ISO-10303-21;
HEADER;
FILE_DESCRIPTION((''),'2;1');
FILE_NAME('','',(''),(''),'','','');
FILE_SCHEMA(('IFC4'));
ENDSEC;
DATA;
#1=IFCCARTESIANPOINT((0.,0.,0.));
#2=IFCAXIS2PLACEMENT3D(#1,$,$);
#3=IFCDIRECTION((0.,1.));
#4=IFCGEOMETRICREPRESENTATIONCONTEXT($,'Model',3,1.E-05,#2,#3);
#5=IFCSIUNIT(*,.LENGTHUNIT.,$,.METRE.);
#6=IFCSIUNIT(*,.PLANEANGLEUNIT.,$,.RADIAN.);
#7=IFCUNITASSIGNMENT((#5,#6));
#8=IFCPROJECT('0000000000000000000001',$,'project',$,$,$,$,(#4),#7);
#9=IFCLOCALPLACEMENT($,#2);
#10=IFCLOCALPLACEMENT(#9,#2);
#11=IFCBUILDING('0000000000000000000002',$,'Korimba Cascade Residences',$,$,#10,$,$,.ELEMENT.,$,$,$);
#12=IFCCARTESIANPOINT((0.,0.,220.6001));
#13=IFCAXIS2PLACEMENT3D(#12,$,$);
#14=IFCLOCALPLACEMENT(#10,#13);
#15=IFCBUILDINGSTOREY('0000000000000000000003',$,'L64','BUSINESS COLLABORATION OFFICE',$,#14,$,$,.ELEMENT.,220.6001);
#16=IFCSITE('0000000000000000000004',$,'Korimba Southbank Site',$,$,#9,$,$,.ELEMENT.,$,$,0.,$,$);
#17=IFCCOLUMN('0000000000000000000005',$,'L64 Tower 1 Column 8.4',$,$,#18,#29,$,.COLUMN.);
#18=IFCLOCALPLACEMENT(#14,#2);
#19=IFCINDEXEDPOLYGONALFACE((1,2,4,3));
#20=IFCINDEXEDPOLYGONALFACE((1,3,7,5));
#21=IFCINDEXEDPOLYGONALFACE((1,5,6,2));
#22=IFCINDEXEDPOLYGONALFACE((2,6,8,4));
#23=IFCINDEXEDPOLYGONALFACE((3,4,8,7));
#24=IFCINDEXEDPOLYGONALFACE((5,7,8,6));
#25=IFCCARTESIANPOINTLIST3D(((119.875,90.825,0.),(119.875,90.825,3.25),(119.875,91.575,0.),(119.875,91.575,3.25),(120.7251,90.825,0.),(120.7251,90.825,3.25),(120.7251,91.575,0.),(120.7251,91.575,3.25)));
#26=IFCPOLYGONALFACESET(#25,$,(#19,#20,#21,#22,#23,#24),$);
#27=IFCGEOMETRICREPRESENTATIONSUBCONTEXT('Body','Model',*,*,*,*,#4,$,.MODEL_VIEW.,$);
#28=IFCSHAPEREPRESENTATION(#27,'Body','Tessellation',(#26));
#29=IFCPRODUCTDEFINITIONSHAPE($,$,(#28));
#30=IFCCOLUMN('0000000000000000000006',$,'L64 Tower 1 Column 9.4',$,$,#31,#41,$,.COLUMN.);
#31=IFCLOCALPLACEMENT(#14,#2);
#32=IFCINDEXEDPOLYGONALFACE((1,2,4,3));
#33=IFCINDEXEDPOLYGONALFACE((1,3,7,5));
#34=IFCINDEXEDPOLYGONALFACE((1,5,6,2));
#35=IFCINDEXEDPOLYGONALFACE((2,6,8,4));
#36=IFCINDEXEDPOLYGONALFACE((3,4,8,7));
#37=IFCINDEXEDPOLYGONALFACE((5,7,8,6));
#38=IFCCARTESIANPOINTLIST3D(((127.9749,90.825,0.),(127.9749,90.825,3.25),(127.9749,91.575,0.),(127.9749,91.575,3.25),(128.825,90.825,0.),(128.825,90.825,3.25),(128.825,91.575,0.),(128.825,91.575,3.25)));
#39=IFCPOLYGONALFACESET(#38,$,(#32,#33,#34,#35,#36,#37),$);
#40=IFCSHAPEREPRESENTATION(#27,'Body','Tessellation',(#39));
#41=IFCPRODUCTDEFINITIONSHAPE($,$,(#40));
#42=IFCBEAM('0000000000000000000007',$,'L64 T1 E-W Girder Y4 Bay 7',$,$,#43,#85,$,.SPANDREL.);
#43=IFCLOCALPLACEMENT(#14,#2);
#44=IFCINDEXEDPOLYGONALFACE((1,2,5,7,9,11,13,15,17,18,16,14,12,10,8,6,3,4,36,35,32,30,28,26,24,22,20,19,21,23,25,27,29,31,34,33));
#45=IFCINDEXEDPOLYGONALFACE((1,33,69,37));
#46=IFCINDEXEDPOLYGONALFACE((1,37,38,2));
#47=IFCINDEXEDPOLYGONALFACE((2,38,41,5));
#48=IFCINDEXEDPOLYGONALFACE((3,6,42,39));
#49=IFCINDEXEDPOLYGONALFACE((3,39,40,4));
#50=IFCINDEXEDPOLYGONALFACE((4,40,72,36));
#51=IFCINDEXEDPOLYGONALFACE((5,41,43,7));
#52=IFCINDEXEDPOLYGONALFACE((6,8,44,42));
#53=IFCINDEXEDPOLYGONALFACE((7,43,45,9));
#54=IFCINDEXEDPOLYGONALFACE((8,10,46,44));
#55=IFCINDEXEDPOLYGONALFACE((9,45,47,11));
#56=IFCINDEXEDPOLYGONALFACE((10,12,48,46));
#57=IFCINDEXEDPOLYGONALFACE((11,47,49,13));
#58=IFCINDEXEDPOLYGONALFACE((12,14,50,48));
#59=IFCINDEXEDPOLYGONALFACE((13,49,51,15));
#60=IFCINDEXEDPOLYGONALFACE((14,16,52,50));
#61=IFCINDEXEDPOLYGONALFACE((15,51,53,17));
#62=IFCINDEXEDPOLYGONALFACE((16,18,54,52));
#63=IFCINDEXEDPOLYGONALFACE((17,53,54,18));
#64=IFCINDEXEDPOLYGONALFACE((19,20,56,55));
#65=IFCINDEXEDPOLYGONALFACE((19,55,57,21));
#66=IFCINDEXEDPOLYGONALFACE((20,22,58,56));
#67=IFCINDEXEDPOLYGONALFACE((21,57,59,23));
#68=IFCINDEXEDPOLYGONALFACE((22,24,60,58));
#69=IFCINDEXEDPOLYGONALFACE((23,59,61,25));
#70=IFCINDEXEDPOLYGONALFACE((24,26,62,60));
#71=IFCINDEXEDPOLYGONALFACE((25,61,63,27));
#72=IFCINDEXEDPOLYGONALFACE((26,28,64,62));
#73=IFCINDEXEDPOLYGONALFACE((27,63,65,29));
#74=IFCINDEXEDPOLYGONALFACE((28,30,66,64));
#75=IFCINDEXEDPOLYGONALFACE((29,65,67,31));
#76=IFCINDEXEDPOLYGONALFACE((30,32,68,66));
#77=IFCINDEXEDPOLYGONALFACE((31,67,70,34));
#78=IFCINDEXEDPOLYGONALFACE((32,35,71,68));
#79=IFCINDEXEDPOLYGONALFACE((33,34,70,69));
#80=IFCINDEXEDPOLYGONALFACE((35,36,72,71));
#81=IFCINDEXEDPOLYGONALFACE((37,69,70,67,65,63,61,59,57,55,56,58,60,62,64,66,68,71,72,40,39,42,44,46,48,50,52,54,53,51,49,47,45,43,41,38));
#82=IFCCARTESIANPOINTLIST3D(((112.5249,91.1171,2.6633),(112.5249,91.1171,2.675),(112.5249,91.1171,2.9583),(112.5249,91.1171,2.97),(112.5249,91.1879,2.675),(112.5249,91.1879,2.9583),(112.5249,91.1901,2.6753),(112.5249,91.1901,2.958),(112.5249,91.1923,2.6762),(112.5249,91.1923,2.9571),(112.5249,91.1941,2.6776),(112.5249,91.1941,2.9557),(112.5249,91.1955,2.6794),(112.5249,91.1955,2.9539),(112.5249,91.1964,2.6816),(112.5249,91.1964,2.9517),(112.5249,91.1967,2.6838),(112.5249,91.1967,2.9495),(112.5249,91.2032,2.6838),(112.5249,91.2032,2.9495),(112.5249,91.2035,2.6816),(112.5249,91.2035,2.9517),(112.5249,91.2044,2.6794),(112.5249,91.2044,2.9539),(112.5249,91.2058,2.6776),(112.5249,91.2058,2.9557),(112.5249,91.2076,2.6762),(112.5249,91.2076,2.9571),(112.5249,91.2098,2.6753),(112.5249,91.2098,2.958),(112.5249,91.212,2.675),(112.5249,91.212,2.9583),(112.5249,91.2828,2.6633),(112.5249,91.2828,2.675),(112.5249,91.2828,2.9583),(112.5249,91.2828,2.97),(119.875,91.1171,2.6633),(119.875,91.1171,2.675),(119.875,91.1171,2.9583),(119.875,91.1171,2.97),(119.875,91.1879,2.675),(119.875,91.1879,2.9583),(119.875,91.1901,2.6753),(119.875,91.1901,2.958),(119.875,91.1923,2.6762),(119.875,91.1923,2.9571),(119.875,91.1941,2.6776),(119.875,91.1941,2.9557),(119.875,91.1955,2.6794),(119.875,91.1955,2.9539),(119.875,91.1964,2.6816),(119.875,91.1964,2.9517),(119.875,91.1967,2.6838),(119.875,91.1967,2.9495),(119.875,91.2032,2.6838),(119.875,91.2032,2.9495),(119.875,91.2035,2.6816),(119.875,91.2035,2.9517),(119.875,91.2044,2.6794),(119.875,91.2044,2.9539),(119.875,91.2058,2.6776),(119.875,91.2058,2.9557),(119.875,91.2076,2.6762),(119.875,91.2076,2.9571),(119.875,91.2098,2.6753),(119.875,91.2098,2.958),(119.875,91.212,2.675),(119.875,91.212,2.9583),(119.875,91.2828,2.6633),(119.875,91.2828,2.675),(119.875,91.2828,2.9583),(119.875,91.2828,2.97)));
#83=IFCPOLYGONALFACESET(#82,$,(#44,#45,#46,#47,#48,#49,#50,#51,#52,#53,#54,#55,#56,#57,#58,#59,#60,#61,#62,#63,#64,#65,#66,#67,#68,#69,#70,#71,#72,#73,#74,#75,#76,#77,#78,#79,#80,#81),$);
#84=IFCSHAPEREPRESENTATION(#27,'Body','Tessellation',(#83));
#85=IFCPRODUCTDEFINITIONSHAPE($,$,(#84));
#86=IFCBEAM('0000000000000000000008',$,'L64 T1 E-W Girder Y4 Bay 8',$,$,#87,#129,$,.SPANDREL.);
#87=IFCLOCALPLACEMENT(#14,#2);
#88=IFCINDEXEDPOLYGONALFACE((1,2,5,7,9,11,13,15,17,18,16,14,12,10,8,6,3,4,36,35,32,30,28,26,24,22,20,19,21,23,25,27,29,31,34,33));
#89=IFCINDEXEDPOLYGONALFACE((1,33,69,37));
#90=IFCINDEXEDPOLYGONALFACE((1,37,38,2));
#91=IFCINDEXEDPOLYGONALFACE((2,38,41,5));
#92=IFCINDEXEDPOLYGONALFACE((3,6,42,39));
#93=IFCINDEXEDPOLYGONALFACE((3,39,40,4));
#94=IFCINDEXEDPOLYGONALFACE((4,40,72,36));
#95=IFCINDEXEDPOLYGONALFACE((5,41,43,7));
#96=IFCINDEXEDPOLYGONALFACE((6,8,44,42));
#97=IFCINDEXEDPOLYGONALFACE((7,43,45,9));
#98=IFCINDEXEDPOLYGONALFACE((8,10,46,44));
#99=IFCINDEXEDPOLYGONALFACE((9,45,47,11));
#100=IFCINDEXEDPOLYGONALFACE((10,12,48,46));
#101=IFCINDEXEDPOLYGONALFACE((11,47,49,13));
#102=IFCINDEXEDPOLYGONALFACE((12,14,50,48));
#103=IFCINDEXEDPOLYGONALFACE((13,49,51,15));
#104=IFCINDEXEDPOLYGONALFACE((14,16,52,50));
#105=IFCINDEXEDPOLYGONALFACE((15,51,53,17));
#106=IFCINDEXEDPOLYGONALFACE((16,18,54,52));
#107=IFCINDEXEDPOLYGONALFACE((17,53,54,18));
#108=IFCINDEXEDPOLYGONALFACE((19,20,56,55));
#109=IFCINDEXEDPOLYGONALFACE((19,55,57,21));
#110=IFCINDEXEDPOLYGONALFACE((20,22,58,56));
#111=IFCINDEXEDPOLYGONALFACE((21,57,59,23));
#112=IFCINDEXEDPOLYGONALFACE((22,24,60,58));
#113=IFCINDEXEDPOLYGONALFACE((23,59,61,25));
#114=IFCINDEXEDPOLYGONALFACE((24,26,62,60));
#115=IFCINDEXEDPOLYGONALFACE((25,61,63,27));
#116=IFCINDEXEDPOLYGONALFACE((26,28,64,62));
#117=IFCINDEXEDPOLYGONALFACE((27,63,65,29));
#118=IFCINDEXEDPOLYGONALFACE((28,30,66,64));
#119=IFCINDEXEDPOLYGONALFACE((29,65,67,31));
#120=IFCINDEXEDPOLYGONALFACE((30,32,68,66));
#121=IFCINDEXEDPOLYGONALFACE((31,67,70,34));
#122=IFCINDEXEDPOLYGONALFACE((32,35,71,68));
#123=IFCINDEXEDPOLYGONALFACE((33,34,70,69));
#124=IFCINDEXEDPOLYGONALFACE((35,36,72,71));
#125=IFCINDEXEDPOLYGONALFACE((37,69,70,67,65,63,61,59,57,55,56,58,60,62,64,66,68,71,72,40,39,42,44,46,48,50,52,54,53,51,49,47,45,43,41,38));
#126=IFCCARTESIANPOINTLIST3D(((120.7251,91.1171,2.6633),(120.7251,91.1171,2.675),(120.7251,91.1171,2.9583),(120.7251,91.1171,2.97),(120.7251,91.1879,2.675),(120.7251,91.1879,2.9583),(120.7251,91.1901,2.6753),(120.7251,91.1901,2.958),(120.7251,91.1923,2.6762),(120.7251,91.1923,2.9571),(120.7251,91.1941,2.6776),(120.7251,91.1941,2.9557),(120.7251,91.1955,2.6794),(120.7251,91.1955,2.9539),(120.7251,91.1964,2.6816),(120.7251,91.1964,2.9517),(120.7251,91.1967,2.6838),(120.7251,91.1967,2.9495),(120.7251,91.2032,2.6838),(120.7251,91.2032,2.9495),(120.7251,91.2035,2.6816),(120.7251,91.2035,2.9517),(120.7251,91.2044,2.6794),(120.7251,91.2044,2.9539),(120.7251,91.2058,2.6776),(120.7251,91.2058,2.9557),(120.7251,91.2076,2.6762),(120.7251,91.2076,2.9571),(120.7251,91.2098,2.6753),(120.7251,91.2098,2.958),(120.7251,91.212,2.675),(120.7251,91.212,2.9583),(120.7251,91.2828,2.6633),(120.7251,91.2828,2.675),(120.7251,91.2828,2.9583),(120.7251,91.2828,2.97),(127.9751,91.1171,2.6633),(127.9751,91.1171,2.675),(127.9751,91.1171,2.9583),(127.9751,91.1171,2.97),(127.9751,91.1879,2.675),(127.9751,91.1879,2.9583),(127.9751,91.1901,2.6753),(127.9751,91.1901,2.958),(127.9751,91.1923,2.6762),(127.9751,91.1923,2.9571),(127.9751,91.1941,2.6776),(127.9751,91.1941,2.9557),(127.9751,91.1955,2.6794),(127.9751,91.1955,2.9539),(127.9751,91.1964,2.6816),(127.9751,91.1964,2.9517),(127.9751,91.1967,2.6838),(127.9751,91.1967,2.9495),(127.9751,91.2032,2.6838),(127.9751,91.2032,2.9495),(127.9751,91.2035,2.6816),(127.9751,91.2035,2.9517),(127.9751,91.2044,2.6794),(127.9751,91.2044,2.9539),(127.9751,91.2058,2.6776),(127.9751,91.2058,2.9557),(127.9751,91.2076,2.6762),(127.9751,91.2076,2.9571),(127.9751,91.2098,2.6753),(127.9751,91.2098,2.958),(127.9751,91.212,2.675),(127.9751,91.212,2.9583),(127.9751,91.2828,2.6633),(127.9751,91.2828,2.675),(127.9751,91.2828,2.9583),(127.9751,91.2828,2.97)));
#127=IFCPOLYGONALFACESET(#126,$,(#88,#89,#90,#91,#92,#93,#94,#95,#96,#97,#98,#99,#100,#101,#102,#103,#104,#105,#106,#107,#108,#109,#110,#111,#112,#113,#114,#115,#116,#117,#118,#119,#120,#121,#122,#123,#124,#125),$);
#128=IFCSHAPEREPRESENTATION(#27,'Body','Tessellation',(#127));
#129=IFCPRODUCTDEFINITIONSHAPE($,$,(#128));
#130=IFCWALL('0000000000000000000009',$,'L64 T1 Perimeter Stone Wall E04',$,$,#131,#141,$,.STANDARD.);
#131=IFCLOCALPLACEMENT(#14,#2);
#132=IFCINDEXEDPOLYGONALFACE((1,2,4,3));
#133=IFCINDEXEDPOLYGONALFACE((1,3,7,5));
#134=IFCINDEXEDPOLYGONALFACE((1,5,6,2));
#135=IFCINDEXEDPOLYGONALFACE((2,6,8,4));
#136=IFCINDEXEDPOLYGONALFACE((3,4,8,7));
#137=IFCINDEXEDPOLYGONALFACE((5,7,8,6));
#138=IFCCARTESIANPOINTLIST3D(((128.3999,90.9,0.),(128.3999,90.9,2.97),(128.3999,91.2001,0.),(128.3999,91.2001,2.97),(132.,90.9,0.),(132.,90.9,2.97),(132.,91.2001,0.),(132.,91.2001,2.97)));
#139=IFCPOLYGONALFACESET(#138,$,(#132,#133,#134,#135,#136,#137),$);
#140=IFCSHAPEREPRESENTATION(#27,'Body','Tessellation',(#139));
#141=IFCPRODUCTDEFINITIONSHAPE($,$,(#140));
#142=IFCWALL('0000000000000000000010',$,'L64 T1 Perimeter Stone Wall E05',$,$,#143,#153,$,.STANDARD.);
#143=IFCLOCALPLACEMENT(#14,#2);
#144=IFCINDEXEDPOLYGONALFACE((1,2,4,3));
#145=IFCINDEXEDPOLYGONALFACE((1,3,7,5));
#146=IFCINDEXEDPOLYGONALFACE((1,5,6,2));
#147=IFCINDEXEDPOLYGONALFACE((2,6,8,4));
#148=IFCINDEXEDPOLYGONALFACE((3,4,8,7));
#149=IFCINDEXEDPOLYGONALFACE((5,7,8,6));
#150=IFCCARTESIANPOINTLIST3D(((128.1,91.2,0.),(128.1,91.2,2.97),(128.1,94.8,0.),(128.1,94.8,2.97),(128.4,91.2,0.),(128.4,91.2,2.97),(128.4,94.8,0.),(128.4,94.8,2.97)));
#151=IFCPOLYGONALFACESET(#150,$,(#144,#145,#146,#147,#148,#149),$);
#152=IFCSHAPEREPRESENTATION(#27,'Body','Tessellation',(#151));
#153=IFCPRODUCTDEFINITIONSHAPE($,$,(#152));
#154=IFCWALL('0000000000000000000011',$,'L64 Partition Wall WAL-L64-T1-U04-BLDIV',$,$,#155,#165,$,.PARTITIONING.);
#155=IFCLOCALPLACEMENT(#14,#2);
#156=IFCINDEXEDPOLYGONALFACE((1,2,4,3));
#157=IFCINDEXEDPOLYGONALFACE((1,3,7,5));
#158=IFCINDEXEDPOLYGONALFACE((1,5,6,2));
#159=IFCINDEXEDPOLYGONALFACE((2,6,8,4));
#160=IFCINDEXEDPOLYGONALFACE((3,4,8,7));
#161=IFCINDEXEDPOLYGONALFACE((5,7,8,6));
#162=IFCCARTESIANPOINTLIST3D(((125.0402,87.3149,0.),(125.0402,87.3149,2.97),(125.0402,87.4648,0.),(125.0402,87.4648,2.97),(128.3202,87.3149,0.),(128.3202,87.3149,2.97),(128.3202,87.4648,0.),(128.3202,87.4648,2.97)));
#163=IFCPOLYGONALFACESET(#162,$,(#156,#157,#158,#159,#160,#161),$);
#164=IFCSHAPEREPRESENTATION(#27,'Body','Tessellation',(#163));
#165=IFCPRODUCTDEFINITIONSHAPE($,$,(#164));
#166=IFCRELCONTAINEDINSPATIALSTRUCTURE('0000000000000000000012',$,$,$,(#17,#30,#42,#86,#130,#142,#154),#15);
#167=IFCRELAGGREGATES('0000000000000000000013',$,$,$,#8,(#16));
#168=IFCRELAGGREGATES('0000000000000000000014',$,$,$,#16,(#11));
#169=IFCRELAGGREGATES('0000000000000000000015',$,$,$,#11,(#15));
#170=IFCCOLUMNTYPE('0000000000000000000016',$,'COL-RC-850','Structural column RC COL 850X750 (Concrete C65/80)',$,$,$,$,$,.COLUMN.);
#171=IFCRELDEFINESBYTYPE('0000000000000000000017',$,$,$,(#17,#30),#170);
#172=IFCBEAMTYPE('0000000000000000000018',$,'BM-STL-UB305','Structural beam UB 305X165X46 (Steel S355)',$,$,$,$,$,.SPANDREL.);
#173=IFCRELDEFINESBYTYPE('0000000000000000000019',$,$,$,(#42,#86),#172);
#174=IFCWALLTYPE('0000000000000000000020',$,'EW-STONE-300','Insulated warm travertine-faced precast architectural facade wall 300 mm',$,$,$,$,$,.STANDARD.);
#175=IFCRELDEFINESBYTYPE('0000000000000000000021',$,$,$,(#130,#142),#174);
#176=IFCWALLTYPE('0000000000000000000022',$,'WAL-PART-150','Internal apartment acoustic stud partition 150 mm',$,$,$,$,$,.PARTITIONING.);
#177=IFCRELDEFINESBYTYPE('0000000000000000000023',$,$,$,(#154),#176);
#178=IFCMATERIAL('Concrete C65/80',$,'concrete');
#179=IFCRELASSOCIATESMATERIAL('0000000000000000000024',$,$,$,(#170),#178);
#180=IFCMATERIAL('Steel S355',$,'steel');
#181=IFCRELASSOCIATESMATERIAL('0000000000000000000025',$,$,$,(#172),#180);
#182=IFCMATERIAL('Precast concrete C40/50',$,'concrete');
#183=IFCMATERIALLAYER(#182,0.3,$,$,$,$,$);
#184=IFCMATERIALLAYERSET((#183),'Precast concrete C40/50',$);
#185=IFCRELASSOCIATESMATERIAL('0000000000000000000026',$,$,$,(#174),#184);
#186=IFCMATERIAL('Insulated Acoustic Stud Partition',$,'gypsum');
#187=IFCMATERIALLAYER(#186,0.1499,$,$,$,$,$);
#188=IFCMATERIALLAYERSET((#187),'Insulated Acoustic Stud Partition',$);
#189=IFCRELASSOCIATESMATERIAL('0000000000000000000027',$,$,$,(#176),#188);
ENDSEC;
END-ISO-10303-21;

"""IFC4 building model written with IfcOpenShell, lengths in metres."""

from ifc_helpers import new_model, si_unit, direction, frame, frame_2d, origin, origin_2d, place, context, subcontext, project, spatial, rectangle, i_section, extrude, material, layer, layer_set, material_profile, profile_set, type_object, element, save


model = new_model("IFC4")

# Units and contexts
model_context = context("Model", 3, precision=1e-05, world=origin(), true_north=direction((0.0, 1.0)))
body_context = subcontext(model_context, "Body", "Model", "MODEL_VIEW")
ifc_project = project(units=[si_unit("LENGTHUNIT", "METRE"), si_unit("PLANEANGLEUNIT", "RADIAN")], contexts=[model_context])

# Site, building, storey
site_placement = place(None, origin())
site = spatial("IfcSite", under=ifc_project, at=site_placement, Name="Korimba Southbank Site", CompositionType="ELEMENT", RefElevation=0.0)
building_placement = place(site_placement, origin())
building = spatial("IfcBuilding", under=site, at=building_placement, Name="Korimba Cascade Residences", CompositionType="ELEMENT")
storey_placement = place(building_placement, frame((0.0, 0.0, 220.6001)))
storey = spatial("IfcBuildingStorey", under=building, at=storey_placement, Name="L64", Description="BUSINESS COLLABORATION OFFICE", CompositionType="ELEMENT", Elevation=220.6001)

# Columns
ifc_material_1 = material(Name="Concrete C65/80", Category="concrete")
ifc_material_profile_1 = material_profile(ifc_material_1, rectangle(XDim=0.8501, YDim=0.75, at=origin_2d()), Name="Concrete C65/80")
ifc_profile_set_1 = profile_set([ifc_material_profile_1], Name="Concrete C65/80")
column_type = type_object("IfcColumnType", Name="COL-RC-850", Description="Structural column RC COL 850X750 (Concrete C65/80)", PredefinedType="COLUMN", material=ifc_profile_set_1)
for number, where, z_axis, x_axis, name in (
    (1, (120.3, 91.2, 0.0), (0.0, 0.0, 1.0), (1.0, 0.0, 0.0), "L64 Tower 1 Column 8.4"),
    (2, (128.3999, 91.2, 0.0), (0.0, 0.0, 1.0), (1.0, 0.0, 0.0), "L64 Tower 1 Column 9.4"),
):
    element("IfcColumn", number, at=place(storey_placement, frame(where, z_axis=z_axis, x_axis=x_axis)), inside=storey, type_object=column_type, Name=name, PredefinedType="COLUMN", context=body_context, shape_type="SweptSolid", body=[
        extrude(rectangle(XDim=0.8501, YDim=0.75, at=origin_2d()), origin(), (0.0, 0.0, 1.0), 3.25),
    ])

# Beams
ifc_material_2 = material(Name="Steel S355", Category="steel")
ifc_material_profile_2 = material_profile(ifc_material_2, i_section(OverallWidth=0.1658, OverallDepth=0.3066, WebThickness=0.0066, FlangeThickness=0.0117, FilletRadius=0.0088, at=origin_2d()), Name="Steel S355")
ifc_profile_set_2 = profile_set([ifc_material_profile_2], Name="Steel S355")
beam_type = type_object("IfcBeamType", Name="BM-STL-UB305", Description="Structural beam UB 305X165X46 (Steel S355)", PredefinedType="SPANDREL", material=ifc_profile_set_2)
beam_1_placement = place(storey_placement, frame((112.5249, 91.2, 2.8167), z_axis=(1.0, 0.0, 0.0), x_axis=(0.0, 1.0, 0.0)))
element("IfcBeam", 3, at=beam_1_placement, inside=storey, type_object=beam_type, Name="L64 T1 E-W Girder Y4 Bay 7", PredefinedType="SPANDREL", context=body_context, shape_type="SweptSolid", body=[
    extrude(i_section(OverallWidth=0.1658, OverallDepth=0.3066, WebThickness=0.0066, FlangeThickness=0.0117, FilletRadius=0.0088, at=origin_2d()), origin(), (0.0, 0.0, 1.0), 7.3501),
])
beam_2_placement = place(storey_placement, frame((120.7251, 91.2, 2.8167), z_axis=(1.0, 0.0, 0.0), x_axis=(0.0, 1.0, 0.0)))
element("IfcBeam", 4, at=beam_2_placement, inside=storey, type_object=beam_type, Name="L64 T1 E-W Girder Y4 Bay 8", PredefinedType="SPANDREL", context=body_context, shape_type="SweptSolid", body=[
    extrude(i_section(OverallWidth=0.1658, OverallDepth=0.3066, WebThickness=0.0066, FlangeThickness=0.0117, FilletRadius=0.0088, at=origin_2d()), origin(), (0.0, 0.0, 1.0), 7.25),
])

# Shared definitions
ifc_material_3 = material(Name="Precast concrete C40/50", Category="concrete")

# Walls
ifc_layer_1 = layer(ifc_material_3, 0.3)
ifc_layer_set_1 = layer_set([ifc_layer_1], Name="Precast concrete C40/50")
wall_type_1 = type_object("IfcWallType", Name="EW-STONE-300", Description="Insulated warm travertine-faced precast architectural facade wall 300 mm", PredefinedType="STANDARD", material=ifc_layer_set_1)
for number, where, z_axis, x_axis, name in (
    (5, (132.0, 91.05, 0.0), (0.0, 0.0, 1.0), (-1.0, 0.0, 0.0), "L64 T1 Perimeter Stone Wall E04"),
    (6, (128.25, 91.2, 0.0), (0.0, 0.0, 1.0), (0.0, 1.0, 0.0), "L64 T1 Perimeter Stone Wall E05"),
):
    element("IfcWall", number, at=place(storey_placement, frame(where, z_axis=z_axis, x_axis=x_axis)), inside=storey, type_object=wall_type_1, Name=name, PredefinedType="STANDARD", context=body_context, shape_type="SweptSolid", body=[
        extrude(rectangle(XDim=3.6001, YDim=0.3, at=frame_2d((1.8, 0.0))), origin(), (0.0, 0.0, 1.0), 2.97),
    ])
ifc_material_4 = material(Name="Insulated Acoustic Stud Partition", Category="gypsum")
ifc_layer_2 = layer(ifc_material_4, 0.1499)
ifc_layer_set_2 = layer_set([ifc_layer_2], Name="Insulated Acoustic Stud Partition")
wall_type_2 = type_object("IfcWallType", Name="WAL-PART-150", Description="Internal apartment acoustic stud partition 150 mm", PredefinedType="PARTITIONING", material=ifc_layer_set_2)
wall_1_placement = place(storey_placement, frame((125.04, 87.3899, 0.0), z_axis=(0.0, 0.0, 1.0), x_axis=(1.0, 0.0, 0.0)))
element("IfcWall", 7, at=wall_1_placement, inside=storey, type_object=wall_type_2, Name="L64 Partition Wall WAL-L64-T1-U04-BLDIV", PredefinedType="PARTITIONING", context=body_context, shape_type="SweptSolid", body=[
    extrude(rectangle(XDim=3.28, YDim=0.1499, at=frame_2d((1.6401, 0.0))), origin(), (0.0, 0.0, 1.0), 2.97),
])

save(model, "model.ifc")
